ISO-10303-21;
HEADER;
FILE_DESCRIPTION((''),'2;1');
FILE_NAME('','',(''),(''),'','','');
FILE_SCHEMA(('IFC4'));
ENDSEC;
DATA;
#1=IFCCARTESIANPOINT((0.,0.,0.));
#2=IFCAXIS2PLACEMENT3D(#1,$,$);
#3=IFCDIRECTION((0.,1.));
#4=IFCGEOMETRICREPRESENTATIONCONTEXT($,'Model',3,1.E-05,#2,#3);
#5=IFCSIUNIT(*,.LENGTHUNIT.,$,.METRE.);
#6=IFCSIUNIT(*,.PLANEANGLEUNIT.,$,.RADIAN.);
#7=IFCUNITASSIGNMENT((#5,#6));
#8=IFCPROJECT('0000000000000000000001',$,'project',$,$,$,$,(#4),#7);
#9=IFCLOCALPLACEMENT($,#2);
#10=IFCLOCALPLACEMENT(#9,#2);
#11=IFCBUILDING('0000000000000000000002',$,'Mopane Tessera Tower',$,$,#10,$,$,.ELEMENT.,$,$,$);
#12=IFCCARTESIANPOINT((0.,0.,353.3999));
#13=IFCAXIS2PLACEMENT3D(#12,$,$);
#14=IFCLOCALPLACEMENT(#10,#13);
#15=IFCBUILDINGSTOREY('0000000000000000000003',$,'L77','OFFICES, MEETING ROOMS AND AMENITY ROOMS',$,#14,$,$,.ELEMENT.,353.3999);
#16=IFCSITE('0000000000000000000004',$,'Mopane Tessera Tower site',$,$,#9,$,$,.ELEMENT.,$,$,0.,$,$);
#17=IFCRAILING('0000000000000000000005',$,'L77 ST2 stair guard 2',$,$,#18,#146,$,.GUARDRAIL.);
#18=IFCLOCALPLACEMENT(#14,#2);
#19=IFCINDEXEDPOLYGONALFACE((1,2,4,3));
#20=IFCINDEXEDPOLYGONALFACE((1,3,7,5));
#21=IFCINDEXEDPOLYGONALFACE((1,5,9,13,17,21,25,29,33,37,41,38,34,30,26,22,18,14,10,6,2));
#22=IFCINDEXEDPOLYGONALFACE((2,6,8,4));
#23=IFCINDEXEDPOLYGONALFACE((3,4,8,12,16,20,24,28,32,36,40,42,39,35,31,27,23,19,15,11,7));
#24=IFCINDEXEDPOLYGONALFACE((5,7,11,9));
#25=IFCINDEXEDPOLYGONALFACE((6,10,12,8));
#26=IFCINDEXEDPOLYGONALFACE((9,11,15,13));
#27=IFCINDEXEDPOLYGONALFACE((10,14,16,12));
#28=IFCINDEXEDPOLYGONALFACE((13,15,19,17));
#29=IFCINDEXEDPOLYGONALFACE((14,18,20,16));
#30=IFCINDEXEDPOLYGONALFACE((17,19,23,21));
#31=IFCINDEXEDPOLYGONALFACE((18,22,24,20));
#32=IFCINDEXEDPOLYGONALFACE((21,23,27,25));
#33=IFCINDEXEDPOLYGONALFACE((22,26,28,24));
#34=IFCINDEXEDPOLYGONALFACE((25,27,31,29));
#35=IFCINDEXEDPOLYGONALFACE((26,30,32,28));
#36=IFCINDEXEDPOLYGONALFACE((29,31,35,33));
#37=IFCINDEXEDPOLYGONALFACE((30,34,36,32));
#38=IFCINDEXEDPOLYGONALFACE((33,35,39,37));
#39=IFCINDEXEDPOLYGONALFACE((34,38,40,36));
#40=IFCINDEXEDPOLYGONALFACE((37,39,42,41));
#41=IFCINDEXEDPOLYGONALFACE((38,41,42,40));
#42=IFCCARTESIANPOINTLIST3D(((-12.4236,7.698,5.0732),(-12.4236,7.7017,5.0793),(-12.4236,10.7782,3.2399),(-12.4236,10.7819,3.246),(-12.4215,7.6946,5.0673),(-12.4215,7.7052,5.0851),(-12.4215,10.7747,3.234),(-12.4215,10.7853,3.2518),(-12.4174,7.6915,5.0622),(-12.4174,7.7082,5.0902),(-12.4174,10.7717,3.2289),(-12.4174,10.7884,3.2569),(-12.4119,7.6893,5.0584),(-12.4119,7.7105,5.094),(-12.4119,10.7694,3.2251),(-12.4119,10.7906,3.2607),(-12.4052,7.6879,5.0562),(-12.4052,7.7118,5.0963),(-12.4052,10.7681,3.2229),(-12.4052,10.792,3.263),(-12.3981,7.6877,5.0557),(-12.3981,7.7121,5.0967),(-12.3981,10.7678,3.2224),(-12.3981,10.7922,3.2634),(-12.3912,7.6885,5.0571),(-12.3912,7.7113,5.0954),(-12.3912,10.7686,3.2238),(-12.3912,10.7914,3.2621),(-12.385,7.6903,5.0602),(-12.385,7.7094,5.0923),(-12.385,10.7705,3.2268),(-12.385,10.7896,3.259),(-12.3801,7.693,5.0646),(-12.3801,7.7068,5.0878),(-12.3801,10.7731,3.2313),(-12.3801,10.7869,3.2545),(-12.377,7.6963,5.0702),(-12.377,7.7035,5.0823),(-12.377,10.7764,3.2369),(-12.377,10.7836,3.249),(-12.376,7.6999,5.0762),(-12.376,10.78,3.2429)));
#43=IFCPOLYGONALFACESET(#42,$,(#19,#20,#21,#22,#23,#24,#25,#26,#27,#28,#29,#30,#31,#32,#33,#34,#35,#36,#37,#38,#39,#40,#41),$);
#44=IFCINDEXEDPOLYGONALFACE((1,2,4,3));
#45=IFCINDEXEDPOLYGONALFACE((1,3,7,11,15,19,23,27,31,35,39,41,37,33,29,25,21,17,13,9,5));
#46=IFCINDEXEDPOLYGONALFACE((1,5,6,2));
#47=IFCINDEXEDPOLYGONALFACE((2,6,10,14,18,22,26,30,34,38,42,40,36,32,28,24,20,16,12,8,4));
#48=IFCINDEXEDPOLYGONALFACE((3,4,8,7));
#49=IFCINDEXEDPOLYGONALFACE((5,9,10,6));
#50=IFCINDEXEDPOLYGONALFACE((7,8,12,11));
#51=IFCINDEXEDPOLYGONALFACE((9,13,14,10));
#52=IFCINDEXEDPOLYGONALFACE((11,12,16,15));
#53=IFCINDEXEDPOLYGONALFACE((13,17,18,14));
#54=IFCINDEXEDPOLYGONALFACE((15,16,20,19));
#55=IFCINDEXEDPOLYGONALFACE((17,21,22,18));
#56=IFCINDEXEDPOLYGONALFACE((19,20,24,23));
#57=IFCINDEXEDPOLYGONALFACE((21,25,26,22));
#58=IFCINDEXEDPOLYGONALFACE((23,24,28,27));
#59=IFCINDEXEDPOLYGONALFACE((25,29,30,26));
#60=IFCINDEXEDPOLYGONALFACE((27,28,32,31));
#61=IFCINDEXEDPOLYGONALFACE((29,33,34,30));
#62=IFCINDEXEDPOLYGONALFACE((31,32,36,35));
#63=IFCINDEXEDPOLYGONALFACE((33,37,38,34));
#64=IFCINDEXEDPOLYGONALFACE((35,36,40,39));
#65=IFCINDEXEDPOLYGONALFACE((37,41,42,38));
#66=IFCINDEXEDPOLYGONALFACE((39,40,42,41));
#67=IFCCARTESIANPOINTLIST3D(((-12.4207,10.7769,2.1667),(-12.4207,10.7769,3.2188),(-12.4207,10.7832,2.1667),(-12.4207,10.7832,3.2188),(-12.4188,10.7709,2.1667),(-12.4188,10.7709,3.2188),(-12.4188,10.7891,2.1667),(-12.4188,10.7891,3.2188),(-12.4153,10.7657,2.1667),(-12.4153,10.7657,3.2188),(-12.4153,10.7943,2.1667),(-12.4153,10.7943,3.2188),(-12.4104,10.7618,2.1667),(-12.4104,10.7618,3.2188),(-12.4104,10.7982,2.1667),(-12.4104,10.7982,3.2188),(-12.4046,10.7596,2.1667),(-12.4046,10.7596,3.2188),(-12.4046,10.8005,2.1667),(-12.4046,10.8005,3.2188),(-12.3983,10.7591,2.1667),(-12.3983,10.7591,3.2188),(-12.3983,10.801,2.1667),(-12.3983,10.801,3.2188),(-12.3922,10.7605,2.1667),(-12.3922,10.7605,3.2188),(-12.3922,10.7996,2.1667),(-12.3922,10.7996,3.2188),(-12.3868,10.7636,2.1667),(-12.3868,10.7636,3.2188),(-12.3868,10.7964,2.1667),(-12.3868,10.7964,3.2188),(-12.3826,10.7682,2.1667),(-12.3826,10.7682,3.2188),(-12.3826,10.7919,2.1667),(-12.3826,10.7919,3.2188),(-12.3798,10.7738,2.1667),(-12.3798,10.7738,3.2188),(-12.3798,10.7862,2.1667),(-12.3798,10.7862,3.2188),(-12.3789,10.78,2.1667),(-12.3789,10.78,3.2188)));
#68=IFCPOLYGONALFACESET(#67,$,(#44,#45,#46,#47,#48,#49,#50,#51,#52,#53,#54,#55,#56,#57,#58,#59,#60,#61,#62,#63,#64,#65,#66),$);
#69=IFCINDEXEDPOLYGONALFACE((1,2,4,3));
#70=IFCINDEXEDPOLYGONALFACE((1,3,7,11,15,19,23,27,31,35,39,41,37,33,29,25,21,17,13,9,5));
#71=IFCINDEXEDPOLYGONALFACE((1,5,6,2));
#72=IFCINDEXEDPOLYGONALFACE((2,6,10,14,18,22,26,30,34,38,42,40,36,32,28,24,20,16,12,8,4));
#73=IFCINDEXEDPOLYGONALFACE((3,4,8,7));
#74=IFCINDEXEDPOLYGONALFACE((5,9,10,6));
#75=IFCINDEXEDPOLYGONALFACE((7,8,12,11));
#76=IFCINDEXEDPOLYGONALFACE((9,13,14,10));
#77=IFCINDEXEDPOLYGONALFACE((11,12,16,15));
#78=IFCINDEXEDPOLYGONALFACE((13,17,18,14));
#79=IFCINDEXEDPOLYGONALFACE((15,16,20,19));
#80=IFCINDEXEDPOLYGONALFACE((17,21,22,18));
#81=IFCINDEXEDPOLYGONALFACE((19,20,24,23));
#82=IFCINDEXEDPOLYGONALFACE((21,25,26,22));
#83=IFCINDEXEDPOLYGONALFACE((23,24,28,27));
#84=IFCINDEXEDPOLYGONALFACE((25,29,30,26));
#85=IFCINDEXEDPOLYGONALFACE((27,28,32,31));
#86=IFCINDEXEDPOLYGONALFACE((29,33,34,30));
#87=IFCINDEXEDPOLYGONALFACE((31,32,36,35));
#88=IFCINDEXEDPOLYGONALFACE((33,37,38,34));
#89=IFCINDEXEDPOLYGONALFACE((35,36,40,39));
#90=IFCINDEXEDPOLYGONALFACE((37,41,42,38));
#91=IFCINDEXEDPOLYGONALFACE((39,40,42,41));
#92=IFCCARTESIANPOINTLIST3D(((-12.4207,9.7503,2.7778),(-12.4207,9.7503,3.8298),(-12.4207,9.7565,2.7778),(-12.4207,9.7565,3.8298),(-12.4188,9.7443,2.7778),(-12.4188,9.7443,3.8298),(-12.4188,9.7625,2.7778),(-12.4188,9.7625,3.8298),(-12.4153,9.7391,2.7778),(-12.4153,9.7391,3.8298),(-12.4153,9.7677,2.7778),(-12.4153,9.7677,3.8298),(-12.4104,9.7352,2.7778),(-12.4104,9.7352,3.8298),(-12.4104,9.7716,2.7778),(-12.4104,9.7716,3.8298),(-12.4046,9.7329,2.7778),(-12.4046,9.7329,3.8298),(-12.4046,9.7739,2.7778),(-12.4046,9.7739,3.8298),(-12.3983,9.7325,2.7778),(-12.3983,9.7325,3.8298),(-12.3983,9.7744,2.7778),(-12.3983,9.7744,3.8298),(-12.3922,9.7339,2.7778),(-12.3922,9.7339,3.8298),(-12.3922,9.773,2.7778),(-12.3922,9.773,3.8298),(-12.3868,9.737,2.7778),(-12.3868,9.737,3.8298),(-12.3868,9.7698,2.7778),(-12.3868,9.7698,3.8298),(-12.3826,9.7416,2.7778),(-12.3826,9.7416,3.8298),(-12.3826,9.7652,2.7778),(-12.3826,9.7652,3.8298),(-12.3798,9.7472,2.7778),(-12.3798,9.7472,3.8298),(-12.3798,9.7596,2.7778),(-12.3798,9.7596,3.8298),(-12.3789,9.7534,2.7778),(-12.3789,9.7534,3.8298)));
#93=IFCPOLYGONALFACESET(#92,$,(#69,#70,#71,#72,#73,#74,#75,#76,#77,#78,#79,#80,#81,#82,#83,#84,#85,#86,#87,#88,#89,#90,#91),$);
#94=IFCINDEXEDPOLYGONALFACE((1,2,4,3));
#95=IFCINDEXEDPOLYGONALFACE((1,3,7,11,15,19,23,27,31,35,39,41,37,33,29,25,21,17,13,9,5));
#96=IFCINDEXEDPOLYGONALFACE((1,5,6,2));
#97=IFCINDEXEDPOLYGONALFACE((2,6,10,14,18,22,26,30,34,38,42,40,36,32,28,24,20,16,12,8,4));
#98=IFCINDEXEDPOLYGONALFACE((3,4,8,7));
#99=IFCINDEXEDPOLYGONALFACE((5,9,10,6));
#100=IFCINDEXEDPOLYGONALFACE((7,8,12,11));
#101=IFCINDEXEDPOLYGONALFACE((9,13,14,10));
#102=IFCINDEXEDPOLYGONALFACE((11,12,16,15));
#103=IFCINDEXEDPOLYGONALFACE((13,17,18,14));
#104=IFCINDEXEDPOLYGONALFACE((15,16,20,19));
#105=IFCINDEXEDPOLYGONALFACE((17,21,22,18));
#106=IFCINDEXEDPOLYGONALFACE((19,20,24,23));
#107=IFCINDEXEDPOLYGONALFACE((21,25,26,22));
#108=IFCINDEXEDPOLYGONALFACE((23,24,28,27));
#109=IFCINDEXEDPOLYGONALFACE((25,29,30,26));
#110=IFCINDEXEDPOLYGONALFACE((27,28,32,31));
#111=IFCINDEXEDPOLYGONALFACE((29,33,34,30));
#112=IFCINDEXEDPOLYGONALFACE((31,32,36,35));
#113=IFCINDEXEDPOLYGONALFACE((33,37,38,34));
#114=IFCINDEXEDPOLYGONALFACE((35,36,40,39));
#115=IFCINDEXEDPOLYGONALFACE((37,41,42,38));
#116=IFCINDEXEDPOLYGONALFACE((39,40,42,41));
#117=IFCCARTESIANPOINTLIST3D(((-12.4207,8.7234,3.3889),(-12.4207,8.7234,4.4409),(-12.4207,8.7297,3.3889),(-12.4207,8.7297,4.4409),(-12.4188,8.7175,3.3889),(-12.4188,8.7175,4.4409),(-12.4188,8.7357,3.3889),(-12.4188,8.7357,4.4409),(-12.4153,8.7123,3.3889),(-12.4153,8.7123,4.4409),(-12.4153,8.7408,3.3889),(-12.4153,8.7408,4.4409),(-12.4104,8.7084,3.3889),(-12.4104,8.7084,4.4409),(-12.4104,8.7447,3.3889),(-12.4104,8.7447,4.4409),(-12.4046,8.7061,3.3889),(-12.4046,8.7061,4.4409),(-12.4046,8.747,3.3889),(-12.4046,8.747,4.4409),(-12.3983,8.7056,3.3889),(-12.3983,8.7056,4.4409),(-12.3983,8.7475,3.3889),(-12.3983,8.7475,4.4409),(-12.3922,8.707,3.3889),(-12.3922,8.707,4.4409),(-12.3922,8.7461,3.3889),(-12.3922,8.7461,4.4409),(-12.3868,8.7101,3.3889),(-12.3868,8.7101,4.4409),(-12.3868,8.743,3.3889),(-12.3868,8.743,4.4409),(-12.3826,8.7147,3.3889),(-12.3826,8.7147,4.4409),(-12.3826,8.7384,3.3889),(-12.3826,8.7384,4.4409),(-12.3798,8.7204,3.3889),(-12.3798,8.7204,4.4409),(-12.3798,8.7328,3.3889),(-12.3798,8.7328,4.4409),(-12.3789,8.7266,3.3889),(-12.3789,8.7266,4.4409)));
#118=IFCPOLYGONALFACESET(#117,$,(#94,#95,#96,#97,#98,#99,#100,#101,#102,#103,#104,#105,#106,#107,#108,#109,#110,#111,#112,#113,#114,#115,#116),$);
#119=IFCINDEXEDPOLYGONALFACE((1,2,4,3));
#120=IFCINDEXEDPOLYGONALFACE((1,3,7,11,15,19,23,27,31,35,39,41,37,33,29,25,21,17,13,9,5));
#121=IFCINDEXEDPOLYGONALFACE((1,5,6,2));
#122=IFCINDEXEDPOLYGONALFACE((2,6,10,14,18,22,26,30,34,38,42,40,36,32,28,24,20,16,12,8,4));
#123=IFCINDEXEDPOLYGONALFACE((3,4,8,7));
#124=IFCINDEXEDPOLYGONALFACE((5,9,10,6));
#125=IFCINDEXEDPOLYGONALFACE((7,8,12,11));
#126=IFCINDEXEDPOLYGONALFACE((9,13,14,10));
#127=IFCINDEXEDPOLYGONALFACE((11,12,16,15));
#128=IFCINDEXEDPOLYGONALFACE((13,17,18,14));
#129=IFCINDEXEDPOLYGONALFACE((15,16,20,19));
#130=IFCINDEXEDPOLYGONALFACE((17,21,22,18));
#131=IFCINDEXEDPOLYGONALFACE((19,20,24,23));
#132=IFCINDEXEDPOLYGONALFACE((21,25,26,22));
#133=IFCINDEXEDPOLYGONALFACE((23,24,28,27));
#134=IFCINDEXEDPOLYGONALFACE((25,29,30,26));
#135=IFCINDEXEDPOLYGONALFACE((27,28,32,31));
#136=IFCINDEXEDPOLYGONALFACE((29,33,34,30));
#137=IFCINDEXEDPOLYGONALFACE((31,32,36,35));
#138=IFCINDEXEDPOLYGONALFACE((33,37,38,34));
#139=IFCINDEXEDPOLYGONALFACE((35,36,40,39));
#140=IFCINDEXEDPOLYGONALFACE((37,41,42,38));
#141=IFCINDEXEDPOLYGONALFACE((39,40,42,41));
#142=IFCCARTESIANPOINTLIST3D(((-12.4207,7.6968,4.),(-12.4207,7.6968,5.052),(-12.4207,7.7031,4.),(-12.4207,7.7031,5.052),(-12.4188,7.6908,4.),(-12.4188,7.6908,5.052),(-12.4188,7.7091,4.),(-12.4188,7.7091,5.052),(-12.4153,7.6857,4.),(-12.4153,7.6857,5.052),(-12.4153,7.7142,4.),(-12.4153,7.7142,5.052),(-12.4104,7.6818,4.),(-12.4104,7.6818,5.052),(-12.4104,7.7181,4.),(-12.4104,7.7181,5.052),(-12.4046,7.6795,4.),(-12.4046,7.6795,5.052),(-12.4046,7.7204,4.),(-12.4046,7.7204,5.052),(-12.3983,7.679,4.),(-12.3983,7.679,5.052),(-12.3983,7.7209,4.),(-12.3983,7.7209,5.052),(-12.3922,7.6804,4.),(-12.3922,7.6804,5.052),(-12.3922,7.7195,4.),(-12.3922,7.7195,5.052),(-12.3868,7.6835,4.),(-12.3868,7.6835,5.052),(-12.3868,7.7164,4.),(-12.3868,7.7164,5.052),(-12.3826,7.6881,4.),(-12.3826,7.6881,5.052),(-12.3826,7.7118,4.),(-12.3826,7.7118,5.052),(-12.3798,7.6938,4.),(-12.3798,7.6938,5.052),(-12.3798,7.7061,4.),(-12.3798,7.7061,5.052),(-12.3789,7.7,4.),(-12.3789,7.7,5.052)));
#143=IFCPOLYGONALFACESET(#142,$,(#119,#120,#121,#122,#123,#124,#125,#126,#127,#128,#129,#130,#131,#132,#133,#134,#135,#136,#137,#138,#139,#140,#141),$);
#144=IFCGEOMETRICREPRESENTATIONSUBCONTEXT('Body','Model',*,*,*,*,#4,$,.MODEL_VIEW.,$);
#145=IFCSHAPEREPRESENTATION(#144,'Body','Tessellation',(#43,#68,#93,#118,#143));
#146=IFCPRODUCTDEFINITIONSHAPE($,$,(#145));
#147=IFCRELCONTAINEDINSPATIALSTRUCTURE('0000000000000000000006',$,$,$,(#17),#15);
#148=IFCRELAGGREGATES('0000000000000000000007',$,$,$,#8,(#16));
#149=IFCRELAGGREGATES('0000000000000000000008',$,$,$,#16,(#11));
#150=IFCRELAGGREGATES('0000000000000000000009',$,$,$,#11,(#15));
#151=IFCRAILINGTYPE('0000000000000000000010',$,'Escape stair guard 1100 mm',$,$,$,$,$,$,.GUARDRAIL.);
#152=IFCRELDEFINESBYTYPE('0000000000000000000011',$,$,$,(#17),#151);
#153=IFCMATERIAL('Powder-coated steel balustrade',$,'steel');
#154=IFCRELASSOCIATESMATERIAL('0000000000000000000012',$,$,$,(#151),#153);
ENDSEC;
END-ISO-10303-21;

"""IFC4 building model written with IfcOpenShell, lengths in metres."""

from ifc_helpers import new_model, si_unit, direction, frame, origin, origin_2d, place, context, subcontext, project, spatial, circle, extrude, material, type_object, element, save


model = new_model("IFC4")

# Units and contexts
model_context = context("Model", 3, precision=1e-05, world=origin(), true_north=direction((0.0, 1.0)))
body_context = subcontext(model_context, "Body", "Model", "MODEL_VIEW")
ifc_project = project(units=[si_unit("LENGTHUNIT", "METRE"), si_unit("PLANEANGLEUNIT", "RADIAN")], contexts=[model_context])

# Site, building, storey
site_placement = place(None, origin())
site = spatial("IfcSite", under=ifc_project, at=site_placement, Name="Mopane Tessera Tower site", CompositionType="ELEMENT", RefElevation=0.0)
building_placement = place(site_placement, origin())
building = spatial("IfcBuilding", under=site, at=building_placement, Name="Mopane Tessera Tower", CompositionType="ELEMENT")
storey_placement = place(building_placement, frame((0.0, 0.0, 353.3999)))
storey = spatial("IfcBuildingStorey", under=building, at=storey_placement, Name="L77", Description="OFFICES, MEETING ROOMS AND AMENITY ROOMS", CompositionType="ELEMENT", Elevation=353.3999)

# Railing
ifc_material_1 = material(Name="Powder-coated steel balustrade", Category="steel")
railing_type_1 = type_object("IfcRailingType", Name="Escape stair guard 1100 mm", PredefinedType="GUARDRAIL", material=ifc_material_1)
railing_1_placement = place(storey_placement, frame((-12.3999, 10.78, 2.1667)))
element("IfcRailing", 1, at=railing_1_placement, inside=storey, type_object=railing_type_1, Name="L77 ST2 stair guard 2", PredefinedType="GUARDRAIL", context=body_context, shape_type="SweptSolid", body=[
    extrude(circle(Radius=0.0239, at=origin_2d()), frame((0.0, 0.0, 1.0762), z_axis=(0.0, -0.859309, 0.511458), x_axis=(1.0, 0.0, 0.0)), (0.0, 0.0, 1.0), 3.5845),
    extrude(circle(Radius=0.021, at=origin_2d()), origin(), (0.0, 0.0, 1.0), 1.052),
    extrude(circle(Radius=0.021, at=origin_2d()), frame((0.0, -1.0266, 0.6111)), (0.0, 0.0, 1.0), 1.052),
    extrude(circle(Radius=0.021, at=origin_2d()), frame((0.0, -2.0535, 1.2222)), (0.0, 0.0, 1.0), 1.052),
    extrude(circle(Radius=0.021, at=origin_2d()), frame((0.0, -3.0801, 1.8333)), (0.0, 0.0, 1.0), 1.052),
])

save(model, "model.ifc")
